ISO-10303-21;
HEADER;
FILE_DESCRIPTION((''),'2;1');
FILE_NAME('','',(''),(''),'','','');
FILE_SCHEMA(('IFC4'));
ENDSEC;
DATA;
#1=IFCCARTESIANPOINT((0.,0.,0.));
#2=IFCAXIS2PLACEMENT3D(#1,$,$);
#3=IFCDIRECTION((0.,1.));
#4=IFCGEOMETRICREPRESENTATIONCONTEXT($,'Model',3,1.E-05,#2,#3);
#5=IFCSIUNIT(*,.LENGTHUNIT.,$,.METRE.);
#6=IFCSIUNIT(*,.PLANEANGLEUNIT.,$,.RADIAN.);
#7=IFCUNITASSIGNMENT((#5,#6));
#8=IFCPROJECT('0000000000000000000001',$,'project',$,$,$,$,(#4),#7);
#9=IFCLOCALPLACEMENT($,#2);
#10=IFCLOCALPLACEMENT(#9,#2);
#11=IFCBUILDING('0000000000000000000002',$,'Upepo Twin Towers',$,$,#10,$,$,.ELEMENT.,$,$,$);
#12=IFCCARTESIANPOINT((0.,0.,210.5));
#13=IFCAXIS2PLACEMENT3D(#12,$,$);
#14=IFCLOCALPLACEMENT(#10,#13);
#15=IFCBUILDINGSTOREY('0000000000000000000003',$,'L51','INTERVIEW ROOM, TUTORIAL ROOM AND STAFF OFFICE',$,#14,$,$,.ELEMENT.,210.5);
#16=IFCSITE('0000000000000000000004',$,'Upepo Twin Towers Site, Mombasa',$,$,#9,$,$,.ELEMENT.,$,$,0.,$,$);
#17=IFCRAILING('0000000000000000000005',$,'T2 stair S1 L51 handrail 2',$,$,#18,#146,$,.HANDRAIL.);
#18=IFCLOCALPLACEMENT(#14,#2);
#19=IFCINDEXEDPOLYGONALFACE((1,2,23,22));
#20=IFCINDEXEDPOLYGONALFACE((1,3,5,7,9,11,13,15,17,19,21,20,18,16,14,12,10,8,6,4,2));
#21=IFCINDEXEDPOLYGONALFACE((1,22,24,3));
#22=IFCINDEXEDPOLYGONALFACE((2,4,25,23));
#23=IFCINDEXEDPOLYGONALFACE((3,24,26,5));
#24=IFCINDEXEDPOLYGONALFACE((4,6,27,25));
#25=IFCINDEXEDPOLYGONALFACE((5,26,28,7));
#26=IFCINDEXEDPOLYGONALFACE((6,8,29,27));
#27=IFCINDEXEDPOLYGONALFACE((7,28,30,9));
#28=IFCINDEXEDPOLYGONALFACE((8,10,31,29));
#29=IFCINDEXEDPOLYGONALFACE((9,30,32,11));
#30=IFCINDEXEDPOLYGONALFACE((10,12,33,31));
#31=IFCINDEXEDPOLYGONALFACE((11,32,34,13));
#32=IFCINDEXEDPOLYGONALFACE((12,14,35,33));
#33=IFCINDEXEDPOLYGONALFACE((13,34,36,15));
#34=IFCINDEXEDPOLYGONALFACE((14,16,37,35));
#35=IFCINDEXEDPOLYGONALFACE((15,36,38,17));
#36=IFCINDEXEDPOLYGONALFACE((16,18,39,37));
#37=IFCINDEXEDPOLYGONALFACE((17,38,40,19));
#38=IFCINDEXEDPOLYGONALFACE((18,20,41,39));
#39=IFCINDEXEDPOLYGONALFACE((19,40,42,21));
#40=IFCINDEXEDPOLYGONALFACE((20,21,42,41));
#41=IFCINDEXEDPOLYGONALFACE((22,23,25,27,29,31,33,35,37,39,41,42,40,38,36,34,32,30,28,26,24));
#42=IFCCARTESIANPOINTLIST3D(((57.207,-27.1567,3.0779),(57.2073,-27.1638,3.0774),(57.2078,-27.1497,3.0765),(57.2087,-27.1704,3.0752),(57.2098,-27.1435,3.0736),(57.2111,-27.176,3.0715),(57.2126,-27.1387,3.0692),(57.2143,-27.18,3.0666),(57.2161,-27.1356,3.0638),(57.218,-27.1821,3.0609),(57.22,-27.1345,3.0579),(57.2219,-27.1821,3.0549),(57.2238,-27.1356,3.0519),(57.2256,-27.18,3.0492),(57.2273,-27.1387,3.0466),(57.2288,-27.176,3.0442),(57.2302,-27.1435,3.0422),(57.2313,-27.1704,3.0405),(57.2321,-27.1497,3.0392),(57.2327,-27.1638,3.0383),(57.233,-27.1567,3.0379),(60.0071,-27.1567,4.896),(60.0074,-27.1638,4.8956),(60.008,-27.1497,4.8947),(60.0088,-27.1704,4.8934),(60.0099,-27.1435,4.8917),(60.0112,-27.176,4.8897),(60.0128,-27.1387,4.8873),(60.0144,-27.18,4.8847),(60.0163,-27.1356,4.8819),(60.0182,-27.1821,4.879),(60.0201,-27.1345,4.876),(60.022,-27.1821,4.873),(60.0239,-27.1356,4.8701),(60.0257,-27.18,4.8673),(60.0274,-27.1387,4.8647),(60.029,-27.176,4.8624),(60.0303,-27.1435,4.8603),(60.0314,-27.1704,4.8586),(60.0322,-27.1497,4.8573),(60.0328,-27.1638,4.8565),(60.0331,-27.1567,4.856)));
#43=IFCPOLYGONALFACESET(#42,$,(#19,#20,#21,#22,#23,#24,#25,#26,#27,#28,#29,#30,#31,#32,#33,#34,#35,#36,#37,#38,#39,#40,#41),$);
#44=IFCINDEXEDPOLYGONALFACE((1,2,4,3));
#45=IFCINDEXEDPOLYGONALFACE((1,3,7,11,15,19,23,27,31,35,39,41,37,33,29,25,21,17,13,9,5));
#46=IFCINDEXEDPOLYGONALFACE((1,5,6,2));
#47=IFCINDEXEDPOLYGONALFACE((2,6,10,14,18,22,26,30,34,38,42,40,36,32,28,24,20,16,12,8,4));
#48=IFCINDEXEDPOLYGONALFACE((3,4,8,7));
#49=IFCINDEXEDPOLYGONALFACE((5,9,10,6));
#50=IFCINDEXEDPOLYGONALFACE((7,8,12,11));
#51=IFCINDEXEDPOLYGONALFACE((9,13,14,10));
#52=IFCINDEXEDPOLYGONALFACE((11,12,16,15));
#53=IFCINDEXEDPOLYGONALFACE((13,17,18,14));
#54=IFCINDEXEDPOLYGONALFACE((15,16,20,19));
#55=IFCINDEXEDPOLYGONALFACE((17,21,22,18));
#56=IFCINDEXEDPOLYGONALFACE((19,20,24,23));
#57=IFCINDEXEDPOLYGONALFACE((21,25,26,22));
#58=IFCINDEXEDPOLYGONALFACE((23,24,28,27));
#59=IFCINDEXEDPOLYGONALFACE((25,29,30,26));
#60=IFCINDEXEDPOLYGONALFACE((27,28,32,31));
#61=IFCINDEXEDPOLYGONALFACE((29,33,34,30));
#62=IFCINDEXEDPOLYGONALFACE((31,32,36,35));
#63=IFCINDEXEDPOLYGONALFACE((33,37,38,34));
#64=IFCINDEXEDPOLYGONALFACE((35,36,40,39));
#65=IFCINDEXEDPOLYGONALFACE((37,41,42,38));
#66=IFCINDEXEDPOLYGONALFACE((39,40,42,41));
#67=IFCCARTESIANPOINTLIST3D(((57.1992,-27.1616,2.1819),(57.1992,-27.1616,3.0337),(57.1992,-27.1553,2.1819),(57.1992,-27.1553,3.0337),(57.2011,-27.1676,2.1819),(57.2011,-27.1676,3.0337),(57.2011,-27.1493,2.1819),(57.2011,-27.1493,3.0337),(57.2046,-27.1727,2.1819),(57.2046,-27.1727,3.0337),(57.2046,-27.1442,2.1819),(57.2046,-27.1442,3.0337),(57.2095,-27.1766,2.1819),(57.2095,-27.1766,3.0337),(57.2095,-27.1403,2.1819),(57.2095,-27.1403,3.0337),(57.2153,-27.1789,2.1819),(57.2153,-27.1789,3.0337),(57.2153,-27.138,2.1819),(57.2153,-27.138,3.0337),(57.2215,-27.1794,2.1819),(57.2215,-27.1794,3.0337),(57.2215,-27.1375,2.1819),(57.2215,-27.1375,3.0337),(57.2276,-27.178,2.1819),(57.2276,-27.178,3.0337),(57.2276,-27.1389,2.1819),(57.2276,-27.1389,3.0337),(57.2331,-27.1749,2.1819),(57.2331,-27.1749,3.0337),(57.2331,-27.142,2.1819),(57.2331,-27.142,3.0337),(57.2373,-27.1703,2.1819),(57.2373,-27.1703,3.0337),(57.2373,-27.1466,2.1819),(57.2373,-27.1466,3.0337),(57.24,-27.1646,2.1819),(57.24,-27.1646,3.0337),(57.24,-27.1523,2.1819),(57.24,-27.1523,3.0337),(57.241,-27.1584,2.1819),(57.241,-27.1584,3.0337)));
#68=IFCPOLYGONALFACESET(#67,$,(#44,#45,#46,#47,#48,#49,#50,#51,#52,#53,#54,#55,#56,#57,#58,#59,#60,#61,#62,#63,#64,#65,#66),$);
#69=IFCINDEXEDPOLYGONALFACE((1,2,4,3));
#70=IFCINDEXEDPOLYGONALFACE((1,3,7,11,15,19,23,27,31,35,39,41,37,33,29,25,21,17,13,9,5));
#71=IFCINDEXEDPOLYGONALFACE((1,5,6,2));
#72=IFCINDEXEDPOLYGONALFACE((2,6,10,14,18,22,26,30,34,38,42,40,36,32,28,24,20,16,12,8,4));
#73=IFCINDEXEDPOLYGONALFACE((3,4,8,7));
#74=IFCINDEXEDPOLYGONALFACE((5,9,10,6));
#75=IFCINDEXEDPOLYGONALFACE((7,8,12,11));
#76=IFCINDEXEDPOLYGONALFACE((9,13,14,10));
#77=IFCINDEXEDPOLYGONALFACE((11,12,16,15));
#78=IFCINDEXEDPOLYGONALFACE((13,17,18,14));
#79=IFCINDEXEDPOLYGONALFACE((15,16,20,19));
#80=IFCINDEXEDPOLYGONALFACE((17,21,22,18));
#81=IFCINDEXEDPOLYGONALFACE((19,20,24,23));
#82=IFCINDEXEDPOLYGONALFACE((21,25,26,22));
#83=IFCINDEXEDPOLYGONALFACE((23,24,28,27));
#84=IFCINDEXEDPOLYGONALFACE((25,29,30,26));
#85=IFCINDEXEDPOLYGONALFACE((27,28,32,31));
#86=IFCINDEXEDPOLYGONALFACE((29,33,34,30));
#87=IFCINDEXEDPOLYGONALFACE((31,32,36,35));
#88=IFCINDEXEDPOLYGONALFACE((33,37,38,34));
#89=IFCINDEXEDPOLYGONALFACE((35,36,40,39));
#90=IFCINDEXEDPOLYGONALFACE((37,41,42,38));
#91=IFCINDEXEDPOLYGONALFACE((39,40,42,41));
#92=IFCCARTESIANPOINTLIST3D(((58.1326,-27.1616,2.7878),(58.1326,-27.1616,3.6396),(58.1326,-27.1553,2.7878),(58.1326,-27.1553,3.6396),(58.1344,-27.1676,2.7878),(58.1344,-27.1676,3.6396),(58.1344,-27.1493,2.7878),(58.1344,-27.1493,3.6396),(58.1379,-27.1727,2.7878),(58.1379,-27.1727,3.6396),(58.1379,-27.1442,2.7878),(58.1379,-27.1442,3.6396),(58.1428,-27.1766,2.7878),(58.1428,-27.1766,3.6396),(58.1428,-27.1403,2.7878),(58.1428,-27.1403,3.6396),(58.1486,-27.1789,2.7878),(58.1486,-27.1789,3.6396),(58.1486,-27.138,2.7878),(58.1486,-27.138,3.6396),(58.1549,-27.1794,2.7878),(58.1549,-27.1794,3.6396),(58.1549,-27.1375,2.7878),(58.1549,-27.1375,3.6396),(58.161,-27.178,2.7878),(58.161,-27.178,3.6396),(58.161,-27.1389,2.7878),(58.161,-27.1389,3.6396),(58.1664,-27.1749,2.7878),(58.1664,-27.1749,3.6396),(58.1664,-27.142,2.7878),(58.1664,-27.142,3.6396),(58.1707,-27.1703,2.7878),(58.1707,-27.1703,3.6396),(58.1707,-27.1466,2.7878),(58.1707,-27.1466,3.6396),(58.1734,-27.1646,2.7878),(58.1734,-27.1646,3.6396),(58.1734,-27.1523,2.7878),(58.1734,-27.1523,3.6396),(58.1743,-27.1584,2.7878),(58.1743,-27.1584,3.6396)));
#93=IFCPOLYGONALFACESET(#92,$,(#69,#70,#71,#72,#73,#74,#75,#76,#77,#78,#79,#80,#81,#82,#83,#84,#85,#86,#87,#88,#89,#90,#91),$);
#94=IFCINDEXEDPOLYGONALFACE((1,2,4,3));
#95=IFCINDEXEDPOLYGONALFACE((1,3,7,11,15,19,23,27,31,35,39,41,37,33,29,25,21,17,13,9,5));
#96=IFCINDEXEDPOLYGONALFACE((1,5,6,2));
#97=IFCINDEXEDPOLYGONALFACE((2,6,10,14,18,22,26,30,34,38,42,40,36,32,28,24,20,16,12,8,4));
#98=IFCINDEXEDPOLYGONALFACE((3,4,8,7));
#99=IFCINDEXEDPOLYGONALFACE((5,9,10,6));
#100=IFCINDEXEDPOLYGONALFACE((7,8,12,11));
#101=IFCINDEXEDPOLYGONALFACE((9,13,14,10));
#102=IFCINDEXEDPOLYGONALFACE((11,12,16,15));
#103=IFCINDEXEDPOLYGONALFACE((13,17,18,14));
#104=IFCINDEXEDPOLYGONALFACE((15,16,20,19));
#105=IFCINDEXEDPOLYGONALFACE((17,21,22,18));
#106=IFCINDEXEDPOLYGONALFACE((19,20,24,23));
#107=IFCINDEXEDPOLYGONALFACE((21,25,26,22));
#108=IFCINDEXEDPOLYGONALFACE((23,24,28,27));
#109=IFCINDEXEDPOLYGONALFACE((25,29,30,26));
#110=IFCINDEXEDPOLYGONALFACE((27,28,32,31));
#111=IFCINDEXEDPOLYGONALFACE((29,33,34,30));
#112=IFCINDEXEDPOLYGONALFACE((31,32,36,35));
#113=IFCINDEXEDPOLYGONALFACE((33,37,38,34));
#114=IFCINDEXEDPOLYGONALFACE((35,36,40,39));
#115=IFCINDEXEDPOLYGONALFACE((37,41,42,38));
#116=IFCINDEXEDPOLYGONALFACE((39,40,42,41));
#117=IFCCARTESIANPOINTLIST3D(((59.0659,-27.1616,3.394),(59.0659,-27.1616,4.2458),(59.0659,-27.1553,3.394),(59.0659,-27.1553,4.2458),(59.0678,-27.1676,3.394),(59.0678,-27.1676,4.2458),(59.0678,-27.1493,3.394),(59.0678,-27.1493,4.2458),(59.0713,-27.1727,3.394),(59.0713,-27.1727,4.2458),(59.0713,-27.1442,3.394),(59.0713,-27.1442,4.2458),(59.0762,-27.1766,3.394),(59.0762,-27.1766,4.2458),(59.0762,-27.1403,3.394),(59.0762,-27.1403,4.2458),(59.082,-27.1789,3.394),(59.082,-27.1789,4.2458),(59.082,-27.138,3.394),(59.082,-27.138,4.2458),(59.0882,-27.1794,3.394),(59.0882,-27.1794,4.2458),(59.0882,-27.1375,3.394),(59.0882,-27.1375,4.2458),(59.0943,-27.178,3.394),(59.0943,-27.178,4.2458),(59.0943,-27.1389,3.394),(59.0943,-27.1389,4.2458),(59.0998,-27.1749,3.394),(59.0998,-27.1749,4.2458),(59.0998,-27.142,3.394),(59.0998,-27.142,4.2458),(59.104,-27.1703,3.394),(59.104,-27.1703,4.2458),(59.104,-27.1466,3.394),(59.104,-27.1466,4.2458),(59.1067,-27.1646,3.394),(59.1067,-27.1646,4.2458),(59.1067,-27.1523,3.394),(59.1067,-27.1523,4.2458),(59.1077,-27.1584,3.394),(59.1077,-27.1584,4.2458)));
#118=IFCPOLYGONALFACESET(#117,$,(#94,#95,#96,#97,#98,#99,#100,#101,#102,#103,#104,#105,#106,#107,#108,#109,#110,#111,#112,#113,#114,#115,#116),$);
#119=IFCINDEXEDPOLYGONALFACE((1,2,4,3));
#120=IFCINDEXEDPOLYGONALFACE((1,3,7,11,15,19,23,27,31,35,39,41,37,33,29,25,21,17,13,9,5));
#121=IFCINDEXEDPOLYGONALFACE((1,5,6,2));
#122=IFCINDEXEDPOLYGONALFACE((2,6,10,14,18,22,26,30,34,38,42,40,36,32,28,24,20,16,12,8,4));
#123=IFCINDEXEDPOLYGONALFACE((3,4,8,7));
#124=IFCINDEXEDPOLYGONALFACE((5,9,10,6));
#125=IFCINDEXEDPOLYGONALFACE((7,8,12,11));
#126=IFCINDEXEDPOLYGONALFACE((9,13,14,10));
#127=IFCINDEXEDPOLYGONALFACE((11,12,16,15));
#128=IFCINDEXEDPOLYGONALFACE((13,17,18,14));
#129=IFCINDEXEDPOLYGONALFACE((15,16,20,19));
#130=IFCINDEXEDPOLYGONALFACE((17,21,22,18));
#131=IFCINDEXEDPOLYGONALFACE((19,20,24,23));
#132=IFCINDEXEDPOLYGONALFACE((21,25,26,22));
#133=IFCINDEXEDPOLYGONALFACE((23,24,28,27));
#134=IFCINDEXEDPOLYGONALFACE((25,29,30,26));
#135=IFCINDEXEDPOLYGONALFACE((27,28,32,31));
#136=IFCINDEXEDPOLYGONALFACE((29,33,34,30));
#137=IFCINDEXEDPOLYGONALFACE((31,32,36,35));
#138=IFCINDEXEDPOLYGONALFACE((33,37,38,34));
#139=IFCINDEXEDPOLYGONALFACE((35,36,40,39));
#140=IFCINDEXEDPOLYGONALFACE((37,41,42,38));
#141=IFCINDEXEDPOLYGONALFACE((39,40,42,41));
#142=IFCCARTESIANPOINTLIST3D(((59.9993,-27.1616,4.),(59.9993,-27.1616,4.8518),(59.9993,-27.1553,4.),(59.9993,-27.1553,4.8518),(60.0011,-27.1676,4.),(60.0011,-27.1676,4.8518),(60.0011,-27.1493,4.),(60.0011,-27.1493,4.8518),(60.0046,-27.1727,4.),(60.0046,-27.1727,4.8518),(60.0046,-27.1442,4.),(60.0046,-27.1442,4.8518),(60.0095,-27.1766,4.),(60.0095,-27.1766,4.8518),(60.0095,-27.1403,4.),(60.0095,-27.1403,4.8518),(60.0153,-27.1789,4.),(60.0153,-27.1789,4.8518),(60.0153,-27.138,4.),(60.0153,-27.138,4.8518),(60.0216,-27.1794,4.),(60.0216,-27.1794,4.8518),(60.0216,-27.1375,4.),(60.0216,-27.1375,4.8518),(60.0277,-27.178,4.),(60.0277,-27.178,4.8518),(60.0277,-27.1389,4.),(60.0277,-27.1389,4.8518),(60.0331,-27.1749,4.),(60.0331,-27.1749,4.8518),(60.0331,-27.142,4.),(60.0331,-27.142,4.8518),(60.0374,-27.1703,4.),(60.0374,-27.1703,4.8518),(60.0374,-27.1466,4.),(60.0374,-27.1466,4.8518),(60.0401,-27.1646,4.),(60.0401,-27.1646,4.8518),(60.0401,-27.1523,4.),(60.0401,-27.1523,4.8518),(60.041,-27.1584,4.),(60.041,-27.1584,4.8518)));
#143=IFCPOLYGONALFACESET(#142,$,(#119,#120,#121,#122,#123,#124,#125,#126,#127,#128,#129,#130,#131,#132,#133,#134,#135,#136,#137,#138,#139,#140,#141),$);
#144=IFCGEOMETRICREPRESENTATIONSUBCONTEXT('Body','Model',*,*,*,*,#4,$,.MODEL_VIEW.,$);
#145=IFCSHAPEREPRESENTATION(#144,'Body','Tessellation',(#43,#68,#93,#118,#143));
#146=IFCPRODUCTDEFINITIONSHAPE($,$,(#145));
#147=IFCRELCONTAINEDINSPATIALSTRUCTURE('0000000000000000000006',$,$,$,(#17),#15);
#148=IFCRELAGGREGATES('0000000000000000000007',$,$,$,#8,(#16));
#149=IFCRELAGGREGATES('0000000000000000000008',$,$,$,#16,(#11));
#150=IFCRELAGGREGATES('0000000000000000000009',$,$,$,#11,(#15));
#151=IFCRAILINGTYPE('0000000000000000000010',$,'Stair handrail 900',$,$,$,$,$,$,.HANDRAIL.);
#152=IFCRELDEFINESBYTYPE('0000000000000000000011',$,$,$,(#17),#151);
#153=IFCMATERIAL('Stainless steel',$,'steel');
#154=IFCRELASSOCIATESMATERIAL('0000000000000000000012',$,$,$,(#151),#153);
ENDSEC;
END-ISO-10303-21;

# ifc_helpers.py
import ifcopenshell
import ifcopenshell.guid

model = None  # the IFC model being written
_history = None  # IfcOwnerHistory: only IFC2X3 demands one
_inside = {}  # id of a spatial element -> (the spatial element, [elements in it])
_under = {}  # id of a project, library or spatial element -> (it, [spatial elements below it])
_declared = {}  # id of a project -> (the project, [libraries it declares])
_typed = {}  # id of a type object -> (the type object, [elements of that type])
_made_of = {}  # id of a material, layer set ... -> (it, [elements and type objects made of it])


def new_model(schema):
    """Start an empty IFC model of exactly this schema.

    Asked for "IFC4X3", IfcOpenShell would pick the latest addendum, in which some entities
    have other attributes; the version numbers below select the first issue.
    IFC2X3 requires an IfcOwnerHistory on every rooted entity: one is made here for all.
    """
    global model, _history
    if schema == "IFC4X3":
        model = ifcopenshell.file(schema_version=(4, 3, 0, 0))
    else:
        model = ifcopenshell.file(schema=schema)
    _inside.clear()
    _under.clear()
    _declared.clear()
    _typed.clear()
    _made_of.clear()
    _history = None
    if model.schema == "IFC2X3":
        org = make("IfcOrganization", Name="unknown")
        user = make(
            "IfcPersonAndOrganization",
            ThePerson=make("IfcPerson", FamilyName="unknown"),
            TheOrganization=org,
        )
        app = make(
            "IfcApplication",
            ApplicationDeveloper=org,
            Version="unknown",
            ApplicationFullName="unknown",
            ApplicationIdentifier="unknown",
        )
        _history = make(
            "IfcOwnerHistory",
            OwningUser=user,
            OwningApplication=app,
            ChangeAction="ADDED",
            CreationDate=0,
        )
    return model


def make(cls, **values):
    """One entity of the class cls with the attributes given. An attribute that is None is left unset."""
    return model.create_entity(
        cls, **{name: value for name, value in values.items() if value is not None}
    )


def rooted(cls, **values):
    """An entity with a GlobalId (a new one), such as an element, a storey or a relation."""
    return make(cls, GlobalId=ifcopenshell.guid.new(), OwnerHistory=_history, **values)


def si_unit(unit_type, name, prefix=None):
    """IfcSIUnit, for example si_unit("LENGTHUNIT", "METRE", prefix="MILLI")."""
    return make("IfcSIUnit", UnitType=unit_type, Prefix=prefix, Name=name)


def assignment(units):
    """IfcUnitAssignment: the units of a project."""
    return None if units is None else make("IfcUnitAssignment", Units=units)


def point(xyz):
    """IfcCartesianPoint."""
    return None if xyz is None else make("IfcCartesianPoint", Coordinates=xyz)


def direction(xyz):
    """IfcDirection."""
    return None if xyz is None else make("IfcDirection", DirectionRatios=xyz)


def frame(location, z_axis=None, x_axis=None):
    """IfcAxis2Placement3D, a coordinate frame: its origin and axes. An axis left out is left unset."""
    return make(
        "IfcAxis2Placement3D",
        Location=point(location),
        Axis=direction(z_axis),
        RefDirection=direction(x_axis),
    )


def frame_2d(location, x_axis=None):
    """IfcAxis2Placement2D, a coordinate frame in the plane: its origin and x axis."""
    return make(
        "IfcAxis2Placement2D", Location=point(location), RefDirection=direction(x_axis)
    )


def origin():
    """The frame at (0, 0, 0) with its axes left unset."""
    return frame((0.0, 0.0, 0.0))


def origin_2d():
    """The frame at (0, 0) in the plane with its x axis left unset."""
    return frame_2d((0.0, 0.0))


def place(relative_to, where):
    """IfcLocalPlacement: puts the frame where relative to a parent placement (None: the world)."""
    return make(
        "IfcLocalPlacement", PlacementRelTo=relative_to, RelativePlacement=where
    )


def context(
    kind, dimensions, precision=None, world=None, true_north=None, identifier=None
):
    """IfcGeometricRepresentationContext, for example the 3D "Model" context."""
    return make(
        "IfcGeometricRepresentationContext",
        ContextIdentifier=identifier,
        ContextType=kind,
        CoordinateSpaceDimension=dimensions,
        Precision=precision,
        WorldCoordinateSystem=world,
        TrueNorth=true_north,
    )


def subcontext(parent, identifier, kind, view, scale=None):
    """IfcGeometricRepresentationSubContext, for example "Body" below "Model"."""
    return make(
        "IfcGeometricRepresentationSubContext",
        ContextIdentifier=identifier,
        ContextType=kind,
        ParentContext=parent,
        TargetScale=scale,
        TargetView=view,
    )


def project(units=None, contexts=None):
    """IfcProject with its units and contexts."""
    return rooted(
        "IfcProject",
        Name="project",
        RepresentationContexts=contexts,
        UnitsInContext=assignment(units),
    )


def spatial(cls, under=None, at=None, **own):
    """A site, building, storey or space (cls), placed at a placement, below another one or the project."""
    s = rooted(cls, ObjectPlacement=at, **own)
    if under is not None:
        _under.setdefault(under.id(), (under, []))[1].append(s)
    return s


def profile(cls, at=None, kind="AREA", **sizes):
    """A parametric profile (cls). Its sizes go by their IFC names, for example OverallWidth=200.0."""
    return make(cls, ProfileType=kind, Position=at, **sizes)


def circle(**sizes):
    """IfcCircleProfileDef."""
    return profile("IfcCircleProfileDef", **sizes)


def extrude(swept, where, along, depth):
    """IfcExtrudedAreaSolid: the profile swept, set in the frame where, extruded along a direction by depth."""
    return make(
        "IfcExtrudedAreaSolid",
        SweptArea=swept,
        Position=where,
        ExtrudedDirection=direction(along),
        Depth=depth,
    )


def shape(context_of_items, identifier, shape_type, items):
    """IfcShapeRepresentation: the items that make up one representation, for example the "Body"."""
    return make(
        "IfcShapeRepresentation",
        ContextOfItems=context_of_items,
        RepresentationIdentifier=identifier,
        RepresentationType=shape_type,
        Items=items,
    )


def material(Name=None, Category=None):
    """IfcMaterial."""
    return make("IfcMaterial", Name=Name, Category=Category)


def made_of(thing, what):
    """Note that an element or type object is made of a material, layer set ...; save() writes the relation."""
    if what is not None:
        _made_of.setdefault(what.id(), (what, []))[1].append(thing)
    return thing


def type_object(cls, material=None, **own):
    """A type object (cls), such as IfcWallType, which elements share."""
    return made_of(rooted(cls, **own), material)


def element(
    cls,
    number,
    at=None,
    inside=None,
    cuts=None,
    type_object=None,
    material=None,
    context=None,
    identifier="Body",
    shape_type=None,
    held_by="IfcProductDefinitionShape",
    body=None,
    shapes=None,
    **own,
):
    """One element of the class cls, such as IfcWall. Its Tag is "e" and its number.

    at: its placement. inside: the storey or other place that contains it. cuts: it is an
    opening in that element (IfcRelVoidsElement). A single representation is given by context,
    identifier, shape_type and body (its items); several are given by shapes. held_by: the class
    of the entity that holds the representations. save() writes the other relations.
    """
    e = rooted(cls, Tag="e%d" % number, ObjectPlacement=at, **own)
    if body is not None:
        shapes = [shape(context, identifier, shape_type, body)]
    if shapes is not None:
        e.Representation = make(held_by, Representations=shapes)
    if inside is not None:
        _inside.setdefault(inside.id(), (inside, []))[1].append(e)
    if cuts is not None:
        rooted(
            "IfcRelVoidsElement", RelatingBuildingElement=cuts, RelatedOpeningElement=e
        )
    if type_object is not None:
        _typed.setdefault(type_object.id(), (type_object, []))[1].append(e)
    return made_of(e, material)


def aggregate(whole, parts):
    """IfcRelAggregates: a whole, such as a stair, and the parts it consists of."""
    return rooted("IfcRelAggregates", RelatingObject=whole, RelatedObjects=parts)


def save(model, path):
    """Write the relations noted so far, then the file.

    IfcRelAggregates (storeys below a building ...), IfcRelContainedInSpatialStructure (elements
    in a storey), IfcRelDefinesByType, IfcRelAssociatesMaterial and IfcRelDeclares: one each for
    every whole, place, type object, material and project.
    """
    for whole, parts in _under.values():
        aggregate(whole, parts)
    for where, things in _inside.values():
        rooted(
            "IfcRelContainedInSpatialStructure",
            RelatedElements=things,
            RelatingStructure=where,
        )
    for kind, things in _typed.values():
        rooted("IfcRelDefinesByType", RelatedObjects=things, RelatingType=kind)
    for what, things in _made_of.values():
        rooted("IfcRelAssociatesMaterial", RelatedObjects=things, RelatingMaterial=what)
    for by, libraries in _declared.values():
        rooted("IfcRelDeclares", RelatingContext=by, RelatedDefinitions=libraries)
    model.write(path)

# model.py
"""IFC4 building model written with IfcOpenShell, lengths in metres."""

from ifc_helpers import new_model, si_unit, direction, frame, origin, origin_2d, place, context, subcontext, project, spatial, circle, extrude, material, type_object, element, save


model = new_model("IFC4")

# Units and contexts
model_context = context("Model", 3, precision=1e-05, world=origin(), true_north=direction((0.0, 1.0)))
body_context = subcontext(model_context, "Body", "Model", "MODEL_VIEW")
ifc_project = project(units=[si_unit("LENGTHUNIT", "METRE"), si_unit("PLANEANGLEUNIT", "RADIAN")], contexts=[model_context])

# Site, building, storey
site_placement = place(None, origin())
site = spatial("IfcSite", under=ifc_project, at=site_placement, Name="Upepo Twin Towers Site, Mombasa", CompositionType="ELEMENT", RefElevation=0.0)
building_placement = place(site_placement, origin())
building = spatial("IfcBuilding", under=site, at=building_placement, Name="Upepo Twin Towers", CompositionType="ELEMENT")
storey_placement = place(building_placement, frame((0.0, 0.0, 210.5)))
storey = spatial("IfcBuildingStorey", under=building, at=storey_placement, Name="L51", Description="INTERVIEW ROOM, TUTORIAL ROOM AND STAFF OFFICE", CompositionType="ELEMENT", Elevation=210.5)

# Railing
ifc_material_1 = material(Name="Stainless steel", Category="steel")
railing_type = type_object("IfcRailingType", Name="Stair handrail 900", PredefinedType="HANDRAIL", material=ifc_material_1)
railing_1_placement = place(storey_placement, frame((57.22, -27.1584, 2.1819)))
element("IfcRailing", 1, at=railing_1_placement, inside=storey, type_object=railing_type, Name="T2 stair S1 L51 handrail 2", PredefinedType="HANDRAIL", context=body_context, shape_type="SweptSolid", body=[
    extrude(circle(Radius=0.0239, at=origin_2d()), frame((0.0, 0.0, 0.876), z_axis=(0.838706, 0.0, 0.544585), x_axis=(0.0, 1.0, 0.0)), (0.0, 0.0, 1.0), 3.3386),
    extrude(circle(Radius=0.021, at=origin_2d()), origin(), (0.0, 0.0, 1.0), 0.8518),
    extrude(circle(Radius=0.021, at=origin_2d()), frame((0.9333, 0.0, 0.606)), (0.0, 0.0, 1.0), 0.8518),
    extrude(circle(Radius=0.021, at=origin_2d()), frame((1.8667, 0.0, 1.2122)), (0.0, 0.0, 1.0), 0.8518),
    extrude(circle(Radius=0.021, at=origin_2d()), frame((2.8, 0.0, 1.8181)), (0.0, 0.0, 1.0), 0.8518),
])

save(model, "model.ifc")
